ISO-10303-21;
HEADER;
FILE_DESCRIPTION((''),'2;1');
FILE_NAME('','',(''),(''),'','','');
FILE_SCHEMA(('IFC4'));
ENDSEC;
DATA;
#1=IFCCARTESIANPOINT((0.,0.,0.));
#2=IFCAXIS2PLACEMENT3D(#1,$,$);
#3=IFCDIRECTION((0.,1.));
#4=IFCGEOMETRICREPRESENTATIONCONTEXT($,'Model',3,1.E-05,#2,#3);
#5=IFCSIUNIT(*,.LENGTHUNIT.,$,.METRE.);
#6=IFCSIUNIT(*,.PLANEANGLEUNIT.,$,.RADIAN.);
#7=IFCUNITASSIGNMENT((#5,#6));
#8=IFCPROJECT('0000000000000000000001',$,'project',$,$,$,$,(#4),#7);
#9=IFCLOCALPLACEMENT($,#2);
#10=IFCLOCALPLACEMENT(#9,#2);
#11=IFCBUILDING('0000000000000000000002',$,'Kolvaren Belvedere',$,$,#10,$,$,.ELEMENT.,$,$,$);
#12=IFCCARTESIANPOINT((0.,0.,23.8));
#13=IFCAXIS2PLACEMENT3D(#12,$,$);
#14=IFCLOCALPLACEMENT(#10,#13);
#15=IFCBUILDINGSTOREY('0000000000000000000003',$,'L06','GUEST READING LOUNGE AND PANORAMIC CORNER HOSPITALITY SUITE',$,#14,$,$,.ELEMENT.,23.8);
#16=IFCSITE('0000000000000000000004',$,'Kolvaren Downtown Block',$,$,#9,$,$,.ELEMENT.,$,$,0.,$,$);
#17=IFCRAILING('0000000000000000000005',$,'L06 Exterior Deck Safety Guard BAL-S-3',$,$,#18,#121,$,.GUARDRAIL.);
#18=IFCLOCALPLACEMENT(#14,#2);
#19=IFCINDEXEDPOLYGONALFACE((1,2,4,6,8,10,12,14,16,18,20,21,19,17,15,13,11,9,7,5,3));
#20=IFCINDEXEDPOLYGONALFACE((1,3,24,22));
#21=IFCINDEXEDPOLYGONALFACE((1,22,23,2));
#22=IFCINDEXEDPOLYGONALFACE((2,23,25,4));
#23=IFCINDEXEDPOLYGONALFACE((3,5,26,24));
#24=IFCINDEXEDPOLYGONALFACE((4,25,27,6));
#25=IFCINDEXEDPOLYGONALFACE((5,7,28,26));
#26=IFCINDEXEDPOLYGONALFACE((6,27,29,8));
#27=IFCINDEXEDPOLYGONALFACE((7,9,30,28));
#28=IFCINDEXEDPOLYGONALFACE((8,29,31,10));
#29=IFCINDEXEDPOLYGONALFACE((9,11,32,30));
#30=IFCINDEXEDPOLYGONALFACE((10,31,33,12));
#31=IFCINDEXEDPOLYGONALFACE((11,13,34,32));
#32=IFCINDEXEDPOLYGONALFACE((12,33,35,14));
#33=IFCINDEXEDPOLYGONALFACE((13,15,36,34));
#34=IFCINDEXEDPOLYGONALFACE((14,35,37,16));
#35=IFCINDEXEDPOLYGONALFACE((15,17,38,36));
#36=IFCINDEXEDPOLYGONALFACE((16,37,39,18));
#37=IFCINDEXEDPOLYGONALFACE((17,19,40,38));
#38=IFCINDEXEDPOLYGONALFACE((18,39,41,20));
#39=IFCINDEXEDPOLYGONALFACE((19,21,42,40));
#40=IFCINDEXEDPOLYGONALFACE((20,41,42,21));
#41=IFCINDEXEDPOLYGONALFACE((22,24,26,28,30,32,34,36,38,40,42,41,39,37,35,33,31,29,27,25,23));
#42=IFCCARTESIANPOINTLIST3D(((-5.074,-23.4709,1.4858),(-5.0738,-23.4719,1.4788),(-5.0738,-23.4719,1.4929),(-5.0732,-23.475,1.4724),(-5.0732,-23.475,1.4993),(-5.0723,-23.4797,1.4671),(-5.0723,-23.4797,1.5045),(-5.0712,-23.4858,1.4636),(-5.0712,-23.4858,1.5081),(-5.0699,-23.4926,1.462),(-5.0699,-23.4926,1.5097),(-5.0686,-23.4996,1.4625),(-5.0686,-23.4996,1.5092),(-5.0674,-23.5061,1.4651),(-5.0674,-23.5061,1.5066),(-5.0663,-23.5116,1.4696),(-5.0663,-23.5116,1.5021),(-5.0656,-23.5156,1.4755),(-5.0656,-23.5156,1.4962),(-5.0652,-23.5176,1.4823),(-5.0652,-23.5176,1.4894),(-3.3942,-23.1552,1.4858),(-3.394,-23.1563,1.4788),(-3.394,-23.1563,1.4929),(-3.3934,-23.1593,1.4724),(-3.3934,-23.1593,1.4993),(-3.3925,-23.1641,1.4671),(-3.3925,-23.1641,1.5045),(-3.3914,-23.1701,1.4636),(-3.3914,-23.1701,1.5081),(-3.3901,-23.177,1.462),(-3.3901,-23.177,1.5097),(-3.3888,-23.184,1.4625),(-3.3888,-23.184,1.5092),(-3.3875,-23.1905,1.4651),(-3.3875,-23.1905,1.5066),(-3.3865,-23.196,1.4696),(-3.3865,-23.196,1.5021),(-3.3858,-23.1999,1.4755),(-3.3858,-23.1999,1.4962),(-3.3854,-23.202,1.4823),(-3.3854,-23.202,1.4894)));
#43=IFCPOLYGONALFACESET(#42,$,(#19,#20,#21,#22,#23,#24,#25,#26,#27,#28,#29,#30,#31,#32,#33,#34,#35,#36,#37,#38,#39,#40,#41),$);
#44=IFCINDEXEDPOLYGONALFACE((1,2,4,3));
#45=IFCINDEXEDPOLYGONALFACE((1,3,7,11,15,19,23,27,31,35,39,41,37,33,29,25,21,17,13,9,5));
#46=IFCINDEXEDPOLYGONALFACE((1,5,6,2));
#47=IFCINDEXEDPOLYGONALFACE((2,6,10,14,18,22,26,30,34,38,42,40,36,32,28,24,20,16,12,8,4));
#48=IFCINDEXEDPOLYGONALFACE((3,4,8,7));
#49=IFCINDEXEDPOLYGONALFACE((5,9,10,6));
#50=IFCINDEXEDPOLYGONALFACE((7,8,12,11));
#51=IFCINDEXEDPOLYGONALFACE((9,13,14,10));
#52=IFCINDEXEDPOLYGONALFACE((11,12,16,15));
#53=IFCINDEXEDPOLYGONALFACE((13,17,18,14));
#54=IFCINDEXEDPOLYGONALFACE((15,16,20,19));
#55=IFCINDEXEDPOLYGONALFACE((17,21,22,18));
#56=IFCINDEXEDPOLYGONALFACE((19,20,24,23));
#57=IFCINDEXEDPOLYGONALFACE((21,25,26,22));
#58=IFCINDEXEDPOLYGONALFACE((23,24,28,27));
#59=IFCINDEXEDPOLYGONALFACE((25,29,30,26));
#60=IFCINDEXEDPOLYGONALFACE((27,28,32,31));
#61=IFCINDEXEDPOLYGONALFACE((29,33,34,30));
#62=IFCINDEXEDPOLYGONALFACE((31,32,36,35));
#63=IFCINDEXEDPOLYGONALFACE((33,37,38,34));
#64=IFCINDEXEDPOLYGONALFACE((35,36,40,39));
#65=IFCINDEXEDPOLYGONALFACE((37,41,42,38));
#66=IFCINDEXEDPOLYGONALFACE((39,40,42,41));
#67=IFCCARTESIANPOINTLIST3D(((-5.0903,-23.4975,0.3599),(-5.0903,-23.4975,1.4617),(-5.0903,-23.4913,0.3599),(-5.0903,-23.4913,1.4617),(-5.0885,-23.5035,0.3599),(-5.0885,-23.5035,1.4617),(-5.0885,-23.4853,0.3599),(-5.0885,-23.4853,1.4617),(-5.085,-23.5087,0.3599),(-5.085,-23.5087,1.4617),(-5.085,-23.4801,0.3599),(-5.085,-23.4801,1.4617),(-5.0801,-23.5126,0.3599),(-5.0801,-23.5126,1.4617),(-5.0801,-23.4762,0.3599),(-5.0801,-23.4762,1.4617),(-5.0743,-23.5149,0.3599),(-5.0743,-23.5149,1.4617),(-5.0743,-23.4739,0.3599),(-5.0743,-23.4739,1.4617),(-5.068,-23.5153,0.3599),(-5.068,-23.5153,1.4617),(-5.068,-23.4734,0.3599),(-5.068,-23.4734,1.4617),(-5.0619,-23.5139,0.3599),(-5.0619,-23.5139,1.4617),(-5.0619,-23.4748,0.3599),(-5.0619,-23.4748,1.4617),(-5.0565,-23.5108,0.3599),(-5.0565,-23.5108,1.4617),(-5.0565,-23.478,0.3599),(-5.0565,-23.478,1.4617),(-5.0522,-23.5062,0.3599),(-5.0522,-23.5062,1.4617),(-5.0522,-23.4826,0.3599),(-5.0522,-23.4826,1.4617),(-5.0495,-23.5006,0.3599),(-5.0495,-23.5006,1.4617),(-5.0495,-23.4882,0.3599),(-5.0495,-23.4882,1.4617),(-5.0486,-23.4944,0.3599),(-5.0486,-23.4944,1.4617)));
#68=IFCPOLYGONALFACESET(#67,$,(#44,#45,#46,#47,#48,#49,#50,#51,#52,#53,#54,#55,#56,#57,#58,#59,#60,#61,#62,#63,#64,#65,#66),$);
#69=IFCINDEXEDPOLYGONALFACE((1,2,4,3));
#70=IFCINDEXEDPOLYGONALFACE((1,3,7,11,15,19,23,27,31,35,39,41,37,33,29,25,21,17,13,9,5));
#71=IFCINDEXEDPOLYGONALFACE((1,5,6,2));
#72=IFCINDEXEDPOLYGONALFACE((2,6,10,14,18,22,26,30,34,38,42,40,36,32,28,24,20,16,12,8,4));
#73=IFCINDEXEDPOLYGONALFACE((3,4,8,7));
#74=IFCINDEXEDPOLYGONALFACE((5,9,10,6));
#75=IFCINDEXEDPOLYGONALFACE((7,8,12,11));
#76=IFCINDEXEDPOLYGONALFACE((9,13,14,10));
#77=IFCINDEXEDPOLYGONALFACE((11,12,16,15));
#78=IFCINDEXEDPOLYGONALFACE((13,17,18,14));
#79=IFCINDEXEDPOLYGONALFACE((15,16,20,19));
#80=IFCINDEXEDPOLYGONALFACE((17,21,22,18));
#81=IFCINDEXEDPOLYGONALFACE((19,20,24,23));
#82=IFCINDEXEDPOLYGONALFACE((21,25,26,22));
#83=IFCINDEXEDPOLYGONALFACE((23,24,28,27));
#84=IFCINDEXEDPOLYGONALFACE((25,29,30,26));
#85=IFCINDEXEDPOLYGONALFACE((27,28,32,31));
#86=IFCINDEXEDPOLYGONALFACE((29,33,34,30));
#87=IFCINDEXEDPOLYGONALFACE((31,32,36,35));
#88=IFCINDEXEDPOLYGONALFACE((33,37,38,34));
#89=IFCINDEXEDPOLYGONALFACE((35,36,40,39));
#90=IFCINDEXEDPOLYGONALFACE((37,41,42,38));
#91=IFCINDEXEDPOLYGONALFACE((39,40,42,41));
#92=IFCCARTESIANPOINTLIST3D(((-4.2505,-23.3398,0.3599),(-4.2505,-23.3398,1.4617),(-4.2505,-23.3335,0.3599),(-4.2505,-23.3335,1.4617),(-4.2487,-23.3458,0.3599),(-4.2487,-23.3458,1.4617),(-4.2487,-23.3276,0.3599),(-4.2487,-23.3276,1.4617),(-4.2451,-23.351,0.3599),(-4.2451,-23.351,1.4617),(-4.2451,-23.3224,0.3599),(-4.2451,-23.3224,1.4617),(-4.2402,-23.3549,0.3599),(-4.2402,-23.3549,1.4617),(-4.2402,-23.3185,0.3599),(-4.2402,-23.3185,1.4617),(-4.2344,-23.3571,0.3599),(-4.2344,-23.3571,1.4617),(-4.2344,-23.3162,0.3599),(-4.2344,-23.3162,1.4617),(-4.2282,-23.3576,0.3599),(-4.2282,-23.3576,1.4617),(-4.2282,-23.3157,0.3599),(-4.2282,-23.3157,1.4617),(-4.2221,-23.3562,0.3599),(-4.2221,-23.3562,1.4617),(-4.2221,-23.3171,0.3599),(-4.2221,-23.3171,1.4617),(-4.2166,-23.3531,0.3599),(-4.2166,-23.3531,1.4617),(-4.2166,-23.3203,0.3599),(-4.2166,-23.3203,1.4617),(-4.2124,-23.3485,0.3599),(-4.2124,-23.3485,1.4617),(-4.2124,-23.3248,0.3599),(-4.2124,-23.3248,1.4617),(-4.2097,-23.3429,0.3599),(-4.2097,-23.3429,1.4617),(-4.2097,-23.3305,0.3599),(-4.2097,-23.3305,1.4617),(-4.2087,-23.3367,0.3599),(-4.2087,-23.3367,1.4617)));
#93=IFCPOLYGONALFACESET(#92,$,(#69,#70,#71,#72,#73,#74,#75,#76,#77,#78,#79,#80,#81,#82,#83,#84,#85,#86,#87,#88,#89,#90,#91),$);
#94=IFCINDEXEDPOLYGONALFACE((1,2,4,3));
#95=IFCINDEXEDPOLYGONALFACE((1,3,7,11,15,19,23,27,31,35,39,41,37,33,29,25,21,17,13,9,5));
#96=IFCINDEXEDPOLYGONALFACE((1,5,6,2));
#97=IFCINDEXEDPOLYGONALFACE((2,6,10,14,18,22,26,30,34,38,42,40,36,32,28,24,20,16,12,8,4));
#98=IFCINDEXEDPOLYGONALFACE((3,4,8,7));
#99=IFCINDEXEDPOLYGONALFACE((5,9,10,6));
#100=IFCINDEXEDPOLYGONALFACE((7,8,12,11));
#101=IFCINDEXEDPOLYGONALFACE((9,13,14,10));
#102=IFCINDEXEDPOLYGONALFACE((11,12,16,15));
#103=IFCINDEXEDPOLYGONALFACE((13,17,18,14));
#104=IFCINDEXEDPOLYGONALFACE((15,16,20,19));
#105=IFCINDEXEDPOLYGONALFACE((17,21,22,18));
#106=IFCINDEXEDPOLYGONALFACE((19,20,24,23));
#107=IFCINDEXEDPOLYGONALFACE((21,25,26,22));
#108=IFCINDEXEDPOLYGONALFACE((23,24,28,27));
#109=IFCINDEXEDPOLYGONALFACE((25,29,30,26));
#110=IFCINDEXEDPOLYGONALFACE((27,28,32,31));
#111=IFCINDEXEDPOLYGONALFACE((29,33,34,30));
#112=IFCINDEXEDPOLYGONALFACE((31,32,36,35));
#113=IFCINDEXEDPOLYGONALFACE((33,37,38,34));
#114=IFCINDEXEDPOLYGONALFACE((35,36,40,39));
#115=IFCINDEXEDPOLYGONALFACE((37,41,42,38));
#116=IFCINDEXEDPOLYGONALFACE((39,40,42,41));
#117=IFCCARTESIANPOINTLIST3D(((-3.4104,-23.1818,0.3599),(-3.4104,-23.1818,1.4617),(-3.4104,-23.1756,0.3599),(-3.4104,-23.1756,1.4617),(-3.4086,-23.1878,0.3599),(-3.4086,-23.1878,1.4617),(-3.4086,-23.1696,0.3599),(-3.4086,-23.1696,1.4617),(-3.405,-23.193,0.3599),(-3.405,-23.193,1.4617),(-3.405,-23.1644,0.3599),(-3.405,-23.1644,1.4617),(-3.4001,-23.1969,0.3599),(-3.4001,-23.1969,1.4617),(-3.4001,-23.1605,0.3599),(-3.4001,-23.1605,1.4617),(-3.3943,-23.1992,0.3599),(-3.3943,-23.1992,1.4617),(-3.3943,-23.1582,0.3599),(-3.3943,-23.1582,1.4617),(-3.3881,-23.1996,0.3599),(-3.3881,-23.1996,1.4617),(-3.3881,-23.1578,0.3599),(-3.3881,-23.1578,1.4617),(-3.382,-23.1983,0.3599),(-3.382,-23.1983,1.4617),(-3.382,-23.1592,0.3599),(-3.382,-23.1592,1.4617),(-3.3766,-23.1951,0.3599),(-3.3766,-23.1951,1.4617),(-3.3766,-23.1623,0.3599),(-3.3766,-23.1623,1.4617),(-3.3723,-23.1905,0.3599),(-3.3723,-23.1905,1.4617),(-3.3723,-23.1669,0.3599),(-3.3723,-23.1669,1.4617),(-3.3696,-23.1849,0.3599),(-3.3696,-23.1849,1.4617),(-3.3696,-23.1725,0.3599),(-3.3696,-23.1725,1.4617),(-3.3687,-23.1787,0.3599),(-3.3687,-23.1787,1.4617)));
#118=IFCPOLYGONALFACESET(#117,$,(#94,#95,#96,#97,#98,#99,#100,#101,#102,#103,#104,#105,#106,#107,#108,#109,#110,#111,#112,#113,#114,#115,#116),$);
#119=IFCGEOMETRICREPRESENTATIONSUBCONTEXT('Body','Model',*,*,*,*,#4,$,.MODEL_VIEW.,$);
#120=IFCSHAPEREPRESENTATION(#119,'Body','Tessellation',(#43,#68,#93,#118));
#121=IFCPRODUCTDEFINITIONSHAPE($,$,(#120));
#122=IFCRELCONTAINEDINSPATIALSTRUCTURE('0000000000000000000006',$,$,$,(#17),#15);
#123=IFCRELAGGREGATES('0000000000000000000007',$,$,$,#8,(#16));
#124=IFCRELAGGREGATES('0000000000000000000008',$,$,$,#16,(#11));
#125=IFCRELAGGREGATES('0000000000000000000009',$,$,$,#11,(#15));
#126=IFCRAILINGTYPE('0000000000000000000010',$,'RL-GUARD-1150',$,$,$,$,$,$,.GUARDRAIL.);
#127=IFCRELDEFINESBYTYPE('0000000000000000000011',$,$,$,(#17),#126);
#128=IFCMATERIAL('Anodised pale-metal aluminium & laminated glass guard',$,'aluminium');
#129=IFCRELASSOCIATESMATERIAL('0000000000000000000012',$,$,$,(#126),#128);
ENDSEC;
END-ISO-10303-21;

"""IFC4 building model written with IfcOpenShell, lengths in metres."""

from ifc_helpers import new_model, si_unit, direction, frame, origin, origin_2d, place, context, subcontext, project, spatial, circle, extrude, material, type_object, element, save


model = new_model("IFC4")

# Units and contexts
model_context = context("Model", 3, precision=1e-05, world=origin(), true_north=direction((0.0, 1.0)))
body_context = subcontext(model_context, "Body", "Model", "MODEL_VIEW")
ifc_project = project(units=[si_unit("LENGTHUNIT", "METRE"), si_unit("PLANEANGLEUNIT", "RADIAN")], contexts=[model_context])

# Site, building, storey
site_placement = place(None, origin())
site = spatial("IfcSite", under=ifc_project, at=site_placement, Name="Kolvaren Downtown Block", CompositionType="ELEMENT", RefElevation=0.0)
building_placement = place(site_placement, origin())
building = spatial("IfcBuilding", under=site, at=building_placement, Name="Kolvaren Belvedere", CompositionType="ELEMENT")
storey_placement = place(building_placement, frame((0.0, 0.0, 23.8)))
storey = spatial("IfcBuildingStorey", under=building, at=storey_placement, Name="L06", Description="GUEST READING LOUNGE AND PANORAMIC CORNER HOSPITALITY SUITE", CompositionType="ELEMENT", Elevation=23.8)

# Railing
ifc_material_1 = material(Name="Anodised pale-metal aluminium & laminated glass guard", Category="aluminium")
railing_type = type_object("IfcRailingType", Name="RL-GUARD-1150", PredefinedType="GUARDRAIL", material=ifc_material_1)
railing_1_placement = place(storey_placement, frame((-5.0696, -23.4944, 0.3599)))
element("IfcRailing", 1, at=railing_1_placement, inside=storey, type_object=railing_type, Name="L06 Exterior Deck Safety Guard BAL-S-3", PredefinedType="GUARDRAIL", context=body_context, shape_type="SweptSolid", body=[
    extrude(circle(Radius=0.0239, at=origin_2d()), frame((0.0, 0.0, 1.126), z_axis=(0.982799, 0.184677, 0.0), x_axis=(-0.184677, 0.982799, 0.0)), (0.0, 0.0, 1.0), 1.7092),
    extrude(circle(Radius=0.021, at=origin_2d()), origin(), (0.0, 0.0, 1.0), 1.1018),
    extrude(circle(Radius=0.021, at=origin_2d()), frame((0.8398, 0.1577, 0.0)), (0.0, 0.0, 1.0), 1.1018),
    extrude(circle(Radius=0.021, at=origin_2d()), frame((1.6799, 0.3157, 0.0)), (0.0, 0.0, 1.0), 1.1018),
])

save(model, "model.ifc")
